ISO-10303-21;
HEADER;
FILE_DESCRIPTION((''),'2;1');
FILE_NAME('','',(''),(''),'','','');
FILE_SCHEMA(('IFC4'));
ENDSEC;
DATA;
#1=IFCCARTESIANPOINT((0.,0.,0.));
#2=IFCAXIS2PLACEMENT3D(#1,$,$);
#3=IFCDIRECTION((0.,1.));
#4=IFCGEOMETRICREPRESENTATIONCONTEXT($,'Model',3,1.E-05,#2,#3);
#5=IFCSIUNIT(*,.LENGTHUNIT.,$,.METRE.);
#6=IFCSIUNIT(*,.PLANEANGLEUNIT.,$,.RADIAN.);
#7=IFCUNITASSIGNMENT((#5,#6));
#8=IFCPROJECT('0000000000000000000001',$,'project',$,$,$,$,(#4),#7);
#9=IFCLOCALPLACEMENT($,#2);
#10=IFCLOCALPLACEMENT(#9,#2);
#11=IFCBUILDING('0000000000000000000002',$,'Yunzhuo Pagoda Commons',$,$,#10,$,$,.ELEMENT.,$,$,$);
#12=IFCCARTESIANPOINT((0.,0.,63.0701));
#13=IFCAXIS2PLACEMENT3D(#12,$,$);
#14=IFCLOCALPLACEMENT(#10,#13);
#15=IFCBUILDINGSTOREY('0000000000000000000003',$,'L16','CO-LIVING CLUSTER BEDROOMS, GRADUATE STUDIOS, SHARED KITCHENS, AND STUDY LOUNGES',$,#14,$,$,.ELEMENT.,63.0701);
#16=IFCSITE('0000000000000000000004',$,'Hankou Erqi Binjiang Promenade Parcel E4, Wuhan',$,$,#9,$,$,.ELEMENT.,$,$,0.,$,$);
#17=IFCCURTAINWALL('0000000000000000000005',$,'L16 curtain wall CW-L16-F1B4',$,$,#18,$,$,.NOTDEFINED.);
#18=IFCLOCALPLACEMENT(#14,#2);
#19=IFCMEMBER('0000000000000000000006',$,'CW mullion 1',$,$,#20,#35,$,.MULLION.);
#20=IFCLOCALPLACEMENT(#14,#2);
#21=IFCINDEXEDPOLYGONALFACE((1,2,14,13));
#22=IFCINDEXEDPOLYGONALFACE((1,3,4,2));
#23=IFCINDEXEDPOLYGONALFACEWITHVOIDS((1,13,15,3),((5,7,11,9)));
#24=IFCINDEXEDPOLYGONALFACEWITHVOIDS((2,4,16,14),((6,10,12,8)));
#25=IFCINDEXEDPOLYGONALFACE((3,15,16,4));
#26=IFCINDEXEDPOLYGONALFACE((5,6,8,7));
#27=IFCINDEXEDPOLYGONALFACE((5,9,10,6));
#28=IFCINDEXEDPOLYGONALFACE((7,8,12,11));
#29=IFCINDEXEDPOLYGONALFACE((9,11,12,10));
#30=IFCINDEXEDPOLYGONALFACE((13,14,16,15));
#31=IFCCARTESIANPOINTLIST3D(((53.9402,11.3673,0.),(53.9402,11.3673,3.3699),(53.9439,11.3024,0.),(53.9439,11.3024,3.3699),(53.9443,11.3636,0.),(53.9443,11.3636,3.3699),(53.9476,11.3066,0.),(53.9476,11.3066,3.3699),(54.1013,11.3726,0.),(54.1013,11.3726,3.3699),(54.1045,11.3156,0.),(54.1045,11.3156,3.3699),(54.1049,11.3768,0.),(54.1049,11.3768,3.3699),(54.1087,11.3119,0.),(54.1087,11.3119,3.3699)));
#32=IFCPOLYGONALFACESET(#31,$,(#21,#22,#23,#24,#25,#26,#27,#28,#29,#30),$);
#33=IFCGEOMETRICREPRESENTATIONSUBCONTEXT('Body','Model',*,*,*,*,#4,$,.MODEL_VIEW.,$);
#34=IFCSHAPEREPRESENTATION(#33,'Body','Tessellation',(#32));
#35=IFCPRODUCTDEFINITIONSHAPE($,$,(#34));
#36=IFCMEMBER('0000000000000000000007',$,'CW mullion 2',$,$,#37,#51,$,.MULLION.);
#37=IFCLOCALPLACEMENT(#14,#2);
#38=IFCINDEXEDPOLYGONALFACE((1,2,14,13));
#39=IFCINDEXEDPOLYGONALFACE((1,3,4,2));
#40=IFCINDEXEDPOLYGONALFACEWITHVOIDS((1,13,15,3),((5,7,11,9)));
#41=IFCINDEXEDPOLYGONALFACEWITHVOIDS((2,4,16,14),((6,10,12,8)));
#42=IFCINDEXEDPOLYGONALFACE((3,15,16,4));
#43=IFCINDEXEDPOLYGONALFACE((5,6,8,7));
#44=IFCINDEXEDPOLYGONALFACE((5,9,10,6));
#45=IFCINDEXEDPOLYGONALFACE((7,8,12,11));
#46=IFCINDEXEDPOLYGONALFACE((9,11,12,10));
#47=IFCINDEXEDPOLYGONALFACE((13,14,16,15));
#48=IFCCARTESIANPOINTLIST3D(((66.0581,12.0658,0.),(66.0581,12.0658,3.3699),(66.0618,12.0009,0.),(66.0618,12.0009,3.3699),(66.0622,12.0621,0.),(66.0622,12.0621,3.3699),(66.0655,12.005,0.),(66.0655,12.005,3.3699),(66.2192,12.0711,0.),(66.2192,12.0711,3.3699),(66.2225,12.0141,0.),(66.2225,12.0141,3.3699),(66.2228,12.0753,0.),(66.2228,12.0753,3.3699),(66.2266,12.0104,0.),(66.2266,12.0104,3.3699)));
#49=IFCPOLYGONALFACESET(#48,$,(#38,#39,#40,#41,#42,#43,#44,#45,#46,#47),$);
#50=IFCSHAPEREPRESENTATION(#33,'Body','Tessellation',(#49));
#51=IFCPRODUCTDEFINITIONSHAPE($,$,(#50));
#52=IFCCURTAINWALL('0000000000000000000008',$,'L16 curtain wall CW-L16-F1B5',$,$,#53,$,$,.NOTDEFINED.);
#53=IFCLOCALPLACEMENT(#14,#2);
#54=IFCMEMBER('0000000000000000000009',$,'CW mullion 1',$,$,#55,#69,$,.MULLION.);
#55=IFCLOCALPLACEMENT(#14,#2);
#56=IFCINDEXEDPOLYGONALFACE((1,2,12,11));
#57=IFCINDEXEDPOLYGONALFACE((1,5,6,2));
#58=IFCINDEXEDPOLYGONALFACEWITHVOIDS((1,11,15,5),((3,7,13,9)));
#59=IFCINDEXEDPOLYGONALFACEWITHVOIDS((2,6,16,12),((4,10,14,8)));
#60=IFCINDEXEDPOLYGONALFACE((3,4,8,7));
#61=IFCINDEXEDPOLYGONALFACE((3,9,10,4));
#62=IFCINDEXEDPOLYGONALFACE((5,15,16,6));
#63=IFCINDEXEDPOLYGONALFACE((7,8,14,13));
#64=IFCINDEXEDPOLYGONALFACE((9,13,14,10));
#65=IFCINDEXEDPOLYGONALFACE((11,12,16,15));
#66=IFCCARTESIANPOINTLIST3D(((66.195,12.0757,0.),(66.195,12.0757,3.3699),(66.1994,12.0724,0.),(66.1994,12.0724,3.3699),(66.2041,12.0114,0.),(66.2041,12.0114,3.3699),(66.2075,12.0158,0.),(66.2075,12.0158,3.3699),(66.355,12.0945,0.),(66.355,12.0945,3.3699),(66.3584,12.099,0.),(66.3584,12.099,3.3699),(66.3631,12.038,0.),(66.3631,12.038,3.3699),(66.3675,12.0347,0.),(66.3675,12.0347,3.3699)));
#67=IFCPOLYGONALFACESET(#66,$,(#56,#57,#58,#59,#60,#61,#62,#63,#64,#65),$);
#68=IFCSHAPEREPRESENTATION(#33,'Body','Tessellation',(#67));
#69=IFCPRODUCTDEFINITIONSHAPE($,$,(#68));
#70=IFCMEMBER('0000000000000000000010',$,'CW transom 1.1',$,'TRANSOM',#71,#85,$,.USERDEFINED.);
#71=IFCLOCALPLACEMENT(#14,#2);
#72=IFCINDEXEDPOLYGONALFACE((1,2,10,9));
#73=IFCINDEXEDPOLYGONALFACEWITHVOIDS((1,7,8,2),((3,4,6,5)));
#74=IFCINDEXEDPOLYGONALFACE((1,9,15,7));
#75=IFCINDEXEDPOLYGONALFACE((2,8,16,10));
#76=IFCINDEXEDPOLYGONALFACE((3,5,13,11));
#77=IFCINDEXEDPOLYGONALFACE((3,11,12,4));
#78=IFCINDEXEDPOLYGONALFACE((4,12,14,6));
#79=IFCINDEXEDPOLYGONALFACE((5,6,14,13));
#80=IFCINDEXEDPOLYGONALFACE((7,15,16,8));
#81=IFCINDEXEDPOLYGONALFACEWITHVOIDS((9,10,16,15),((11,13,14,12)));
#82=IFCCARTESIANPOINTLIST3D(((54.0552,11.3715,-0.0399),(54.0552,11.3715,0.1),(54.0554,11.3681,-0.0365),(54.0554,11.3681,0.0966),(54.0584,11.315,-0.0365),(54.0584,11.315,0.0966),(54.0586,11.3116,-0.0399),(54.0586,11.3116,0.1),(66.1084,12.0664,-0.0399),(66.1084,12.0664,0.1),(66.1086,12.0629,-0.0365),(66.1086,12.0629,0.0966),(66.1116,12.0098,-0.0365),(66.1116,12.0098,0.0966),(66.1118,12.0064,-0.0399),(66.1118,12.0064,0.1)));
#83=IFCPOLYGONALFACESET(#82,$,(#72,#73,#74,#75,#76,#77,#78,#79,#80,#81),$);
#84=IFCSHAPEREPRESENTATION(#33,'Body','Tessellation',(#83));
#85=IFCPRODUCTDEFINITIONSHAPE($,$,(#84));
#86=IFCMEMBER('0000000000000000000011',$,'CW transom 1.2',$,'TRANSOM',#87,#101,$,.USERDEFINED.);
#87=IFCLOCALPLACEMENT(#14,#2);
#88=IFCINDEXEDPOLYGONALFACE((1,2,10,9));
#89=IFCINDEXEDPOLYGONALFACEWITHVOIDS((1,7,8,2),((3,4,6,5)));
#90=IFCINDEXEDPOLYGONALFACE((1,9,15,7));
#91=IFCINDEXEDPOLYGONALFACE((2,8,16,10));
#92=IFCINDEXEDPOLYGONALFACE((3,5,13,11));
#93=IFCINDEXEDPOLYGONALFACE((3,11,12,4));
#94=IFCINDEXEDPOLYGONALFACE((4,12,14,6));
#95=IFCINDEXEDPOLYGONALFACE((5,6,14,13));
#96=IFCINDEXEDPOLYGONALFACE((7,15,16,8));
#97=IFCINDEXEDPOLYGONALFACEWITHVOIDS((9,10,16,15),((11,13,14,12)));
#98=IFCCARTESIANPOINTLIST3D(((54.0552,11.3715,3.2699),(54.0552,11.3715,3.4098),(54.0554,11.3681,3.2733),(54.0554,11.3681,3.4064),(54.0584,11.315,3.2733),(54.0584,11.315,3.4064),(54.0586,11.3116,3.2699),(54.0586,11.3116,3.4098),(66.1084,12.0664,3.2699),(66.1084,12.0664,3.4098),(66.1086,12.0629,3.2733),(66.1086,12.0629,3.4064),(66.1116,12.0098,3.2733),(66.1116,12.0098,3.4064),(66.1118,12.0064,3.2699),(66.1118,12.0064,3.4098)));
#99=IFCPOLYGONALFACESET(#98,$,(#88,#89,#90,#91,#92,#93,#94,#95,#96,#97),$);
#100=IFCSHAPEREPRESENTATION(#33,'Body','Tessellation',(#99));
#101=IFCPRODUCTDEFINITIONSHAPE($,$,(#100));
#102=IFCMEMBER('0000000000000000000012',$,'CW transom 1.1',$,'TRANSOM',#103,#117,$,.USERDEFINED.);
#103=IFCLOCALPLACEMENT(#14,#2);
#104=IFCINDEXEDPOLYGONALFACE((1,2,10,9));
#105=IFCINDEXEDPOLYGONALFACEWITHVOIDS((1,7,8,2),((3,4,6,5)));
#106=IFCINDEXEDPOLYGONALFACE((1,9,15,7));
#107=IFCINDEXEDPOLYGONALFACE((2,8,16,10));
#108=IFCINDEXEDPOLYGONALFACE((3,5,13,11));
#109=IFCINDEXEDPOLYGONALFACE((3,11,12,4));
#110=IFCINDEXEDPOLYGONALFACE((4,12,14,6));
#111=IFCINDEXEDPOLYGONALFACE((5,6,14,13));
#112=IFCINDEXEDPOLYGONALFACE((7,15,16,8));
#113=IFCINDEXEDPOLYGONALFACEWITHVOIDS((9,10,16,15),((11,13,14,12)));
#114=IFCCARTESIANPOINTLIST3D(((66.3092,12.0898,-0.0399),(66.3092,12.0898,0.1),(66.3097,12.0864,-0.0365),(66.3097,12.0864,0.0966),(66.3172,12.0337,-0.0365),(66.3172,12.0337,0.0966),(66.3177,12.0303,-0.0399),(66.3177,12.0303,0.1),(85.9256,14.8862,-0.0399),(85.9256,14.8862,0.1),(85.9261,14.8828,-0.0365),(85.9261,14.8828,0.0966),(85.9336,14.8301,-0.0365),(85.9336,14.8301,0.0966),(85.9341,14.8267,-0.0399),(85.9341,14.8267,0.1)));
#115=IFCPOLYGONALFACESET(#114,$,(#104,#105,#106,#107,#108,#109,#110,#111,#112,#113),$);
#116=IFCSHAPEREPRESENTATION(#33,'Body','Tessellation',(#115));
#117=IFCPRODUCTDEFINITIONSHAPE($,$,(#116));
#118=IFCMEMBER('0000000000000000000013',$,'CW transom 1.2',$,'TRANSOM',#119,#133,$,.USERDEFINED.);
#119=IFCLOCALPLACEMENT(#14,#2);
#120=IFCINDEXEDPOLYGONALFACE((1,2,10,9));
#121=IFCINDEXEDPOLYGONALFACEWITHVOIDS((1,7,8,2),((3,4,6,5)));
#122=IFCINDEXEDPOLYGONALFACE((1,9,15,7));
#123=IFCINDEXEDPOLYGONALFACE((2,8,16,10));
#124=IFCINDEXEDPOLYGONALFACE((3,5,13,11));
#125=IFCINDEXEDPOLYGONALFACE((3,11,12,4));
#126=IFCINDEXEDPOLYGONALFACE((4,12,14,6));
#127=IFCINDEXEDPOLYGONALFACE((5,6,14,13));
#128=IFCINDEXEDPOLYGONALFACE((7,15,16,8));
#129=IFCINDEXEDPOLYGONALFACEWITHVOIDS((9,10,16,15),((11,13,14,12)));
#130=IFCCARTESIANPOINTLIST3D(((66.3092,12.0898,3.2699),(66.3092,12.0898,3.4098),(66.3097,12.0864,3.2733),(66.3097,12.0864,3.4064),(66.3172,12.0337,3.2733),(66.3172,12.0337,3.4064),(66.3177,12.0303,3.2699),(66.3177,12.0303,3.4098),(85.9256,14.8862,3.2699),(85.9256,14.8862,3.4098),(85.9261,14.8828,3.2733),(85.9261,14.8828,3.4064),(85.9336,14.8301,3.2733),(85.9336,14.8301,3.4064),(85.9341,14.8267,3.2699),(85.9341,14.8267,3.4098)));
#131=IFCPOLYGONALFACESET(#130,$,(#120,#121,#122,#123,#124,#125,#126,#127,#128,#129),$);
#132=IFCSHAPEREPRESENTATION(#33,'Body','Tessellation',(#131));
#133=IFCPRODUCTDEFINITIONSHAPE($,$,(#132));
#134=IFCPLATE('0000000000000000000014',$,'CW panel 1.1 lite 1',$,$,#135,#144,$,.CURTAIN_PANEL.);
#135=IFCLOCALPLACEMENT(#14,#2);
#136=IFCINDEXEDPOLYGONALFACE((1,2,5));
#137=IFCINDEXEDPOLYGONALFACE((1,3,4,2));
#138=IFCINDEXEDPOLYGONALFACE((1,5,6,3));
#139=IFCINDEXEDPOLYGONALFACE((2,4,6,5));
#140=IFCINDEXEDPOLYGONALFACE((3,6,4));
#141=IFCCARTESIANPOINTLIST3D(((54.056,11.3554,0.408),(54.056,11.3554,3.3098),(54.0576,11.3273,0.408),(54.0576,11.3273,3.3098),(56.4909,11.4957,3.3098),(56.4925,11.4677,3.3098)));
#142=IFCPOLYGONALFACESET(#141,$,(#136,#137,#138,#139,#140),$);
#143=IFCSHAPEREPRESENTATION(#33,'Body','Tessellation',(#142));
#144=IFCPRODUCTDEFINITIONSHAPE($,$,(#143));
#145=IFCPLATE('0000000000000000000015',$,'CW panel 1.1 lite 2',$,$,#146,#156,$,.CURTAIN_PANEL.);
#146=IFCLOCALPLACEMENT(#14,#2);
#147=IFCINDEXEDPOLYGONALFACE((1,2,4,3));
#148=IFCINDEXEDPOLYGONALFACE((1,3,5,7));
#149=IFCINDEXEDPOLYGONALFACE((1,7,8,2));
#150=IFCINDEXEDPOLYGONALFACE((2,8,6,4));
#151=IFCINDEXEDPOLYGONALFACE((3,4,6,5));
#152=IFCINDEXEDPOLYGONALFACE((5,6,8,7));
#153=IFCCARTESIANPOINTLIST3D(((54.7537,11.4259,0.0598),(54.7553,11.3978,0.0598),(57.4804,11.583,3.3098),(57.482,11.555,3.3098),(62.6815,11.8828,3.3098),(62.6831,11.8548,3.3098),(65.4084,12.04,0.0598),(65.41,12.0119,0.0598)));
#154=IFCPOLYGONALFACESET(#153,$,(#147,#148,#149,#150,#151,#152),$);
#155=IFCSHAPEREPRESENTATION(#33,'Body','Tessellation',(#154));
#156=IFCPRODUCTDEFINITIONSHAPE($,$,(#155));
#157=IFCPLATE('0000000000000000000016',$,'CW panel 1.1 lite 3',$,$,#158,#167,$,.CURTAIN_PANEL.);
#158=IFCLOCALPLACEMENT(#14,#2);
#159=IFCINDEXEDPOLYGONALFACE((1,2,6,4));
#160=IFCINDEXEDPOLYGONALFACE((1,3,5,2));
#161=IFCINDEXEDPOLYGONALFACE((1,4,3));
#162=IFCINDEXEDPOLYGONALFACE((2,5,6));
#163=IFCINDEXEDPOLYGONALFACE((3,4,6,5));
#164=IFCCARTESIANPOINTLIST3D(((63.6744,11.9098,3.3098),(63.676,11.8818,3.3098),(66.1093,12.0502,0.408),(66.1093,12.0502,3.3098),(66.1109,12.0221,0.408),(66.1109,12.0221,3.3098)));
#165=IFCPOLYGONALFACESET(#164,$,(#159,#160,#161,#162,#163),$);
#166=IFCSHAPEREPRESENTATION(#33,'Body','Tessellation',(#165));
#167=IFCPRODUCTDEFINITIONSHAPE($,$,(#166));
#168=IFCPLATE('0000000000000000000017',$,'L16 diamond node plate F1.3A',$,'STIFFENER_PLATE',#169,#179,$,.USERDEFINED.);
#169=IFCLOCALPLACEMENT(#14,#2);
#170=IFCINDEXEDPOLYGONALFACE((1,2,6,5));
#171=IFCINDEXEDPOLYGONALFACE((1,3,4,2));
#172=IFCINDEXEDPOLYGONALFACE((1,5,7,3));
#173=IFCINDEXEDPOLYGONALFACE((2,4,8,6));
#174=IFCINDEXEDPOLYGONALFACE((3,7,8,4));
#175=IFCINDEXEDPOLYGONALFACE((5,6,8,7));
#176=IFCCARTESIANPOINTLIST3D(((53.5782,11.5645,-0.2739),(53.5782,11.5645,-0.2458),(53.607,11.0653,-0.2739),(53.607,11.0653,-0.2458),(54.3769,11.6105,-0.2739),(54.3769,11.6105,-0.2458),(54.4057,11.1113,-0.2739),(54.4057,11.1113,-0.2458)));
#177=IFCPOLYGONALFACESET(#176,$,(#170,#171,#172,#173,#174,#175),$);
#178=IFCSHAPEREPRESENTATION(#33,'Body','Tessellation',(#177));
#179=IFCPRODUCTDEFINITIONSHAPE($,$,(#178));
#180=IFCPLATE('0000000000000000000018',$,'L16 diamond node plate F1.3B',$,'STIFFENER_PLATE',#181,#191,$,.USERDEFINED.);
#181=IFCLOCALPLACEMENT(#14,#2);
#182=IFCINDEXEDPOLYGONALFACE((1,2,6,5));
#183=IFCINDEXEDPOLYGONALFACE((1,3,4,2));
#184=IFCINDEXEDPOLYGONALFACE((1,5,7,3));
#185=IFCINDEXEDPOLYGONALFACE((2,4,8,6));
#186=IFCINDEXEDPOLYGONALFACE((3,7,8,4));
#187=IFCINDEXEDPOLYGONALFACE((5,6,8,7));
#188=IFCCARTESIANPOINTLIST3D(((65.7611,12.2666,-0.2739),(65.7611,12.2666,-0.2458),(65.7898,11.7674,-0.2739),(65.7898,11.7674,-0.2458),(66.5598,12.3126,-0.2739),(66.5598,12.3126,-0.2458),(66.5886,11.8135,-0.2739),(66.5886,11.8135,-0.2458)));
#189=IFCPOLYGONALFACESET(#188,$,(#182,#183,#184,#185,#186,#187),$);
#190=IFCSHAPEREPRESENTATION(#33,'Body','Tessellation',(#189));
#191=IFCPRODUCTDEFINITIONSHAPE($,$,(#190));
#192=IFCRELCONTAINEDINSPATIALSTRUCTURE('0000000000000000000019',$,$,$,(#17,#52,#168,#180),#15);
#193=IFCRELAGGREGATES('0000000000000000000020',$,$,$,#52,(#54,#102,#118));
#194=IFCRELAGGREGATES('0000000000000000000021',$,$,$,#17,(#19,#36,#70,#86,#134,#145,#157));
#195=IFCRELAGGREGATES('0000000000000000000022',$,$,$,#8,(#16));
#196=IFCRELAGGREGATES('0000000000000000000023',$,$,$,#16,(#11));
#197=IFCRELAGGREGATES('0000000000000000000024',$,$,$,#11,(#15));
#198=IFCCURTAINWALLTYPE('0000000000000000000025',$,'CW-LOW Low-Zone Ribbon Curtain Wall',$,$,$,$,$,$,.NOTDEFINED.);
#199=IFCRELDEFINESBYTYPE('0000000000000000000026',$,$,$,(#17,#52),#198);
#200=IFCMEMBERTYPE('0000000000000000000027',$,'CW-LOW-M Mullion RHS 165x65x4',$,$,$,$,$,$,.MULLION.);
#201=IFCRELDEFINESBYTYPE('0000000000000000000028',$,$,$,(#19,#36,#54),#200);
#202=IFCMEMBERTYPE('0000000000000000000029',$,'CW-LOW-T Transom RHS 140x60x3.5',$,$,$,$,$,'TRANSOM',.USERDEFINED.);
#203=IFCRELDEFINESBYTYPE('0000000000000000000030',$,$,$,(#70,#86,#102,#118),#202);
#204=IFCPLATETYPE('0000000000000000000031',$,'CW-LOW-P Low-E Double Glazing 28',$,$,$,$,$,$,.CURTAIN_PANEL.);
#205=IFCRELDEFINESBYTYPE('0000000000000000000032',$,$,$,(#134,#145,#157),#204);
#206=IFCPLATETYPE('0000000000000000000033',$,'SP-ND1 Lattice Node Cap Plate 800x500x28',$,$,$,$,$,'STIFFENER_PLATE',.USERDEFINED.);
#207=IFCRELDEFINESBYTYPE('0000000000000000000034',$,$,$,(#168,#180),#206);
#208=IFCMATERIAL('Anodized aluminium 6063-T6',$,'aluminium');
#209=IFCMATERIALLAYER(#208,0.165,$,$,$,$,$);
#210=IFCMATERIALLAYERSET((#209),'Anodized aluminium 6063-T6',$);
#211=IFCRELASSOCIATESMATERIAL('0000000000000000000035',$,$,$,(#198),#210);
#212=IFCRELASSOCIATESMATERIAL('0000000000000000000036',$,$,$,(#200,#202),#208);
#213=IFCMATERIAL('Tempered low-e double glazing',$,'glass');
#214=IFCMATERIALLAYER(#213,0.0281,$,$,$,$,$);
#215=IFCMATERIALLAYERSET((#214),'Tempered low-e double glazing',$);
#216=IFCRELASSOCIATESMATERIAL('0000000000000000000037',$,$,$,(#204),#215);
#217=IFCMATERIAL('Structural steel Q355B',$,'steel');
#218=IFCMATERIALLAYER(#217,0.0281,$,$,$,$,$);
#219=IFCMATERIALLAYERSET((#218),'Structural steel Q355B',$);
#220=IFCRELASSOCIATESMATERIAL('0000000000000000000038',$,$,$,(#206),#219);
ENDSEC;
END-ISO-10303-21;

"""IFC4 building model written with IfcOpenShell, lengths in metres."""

from ifc_helpers import new_model, si_unit, direction, frame, origin, origin_2d, place, context, subcontext, project, spatial, polyline, rectangle, hollow_rectangle, outline, extrude, source, transform, mapped, material, layer, layer_set, material_profile, profile_set, type_object, element, aggregate, save


model = new_model("IFC4")

# Units and contexts
model_context = context("Model", 3, precision=1e-05, world=origin(), true_north=direction((0.0, 1.0)))
body_context = subcontext(model_context, "Body", "Model", "MODEL_VIEW")
ifc_project = project(units=[si_unit("LENGTHUNIT", "METRE"), si_unit("PLANEANGLEUNIT", "RADIAN")], contexts=[model_context])

# Site, building, storey
site_placement = place(None, origin())
site = spatial("IfcSite", under=ifc_project, at=site_placement, Name="Hankou Erqi Binjiang Promenade Parcel E4, Wuhan", CompositionType="ELEMENT", RefElevation=0.0)
building_placement = place(site_placement, origin())
building = spatial("IfcBuilding", under=site, at=building_placement, Name="Yunzhuo Pagoda Commons", CompositionType="ELEMENT")
storey_placement = place(building_placement, frame((0.0, 0.0, 63.0701)))
storey = spatial("IfcBuildingStorey", under=building, at=storey_placement, Name="L16", Description="CO-LIVING CLUSTER BEDROOMS, GRADUATE STUDIOS, SHARED KITCHENS, AND STUDY LOUNGES", CompositionType="ELEMENT", Elevation=63.0701)

# Shared definitions
ifc_material_1 = material(Name="Structural steel Q355B", Category="steel")

# Curtain wall, members
ifc_material_2 = material(Name="Anodized aluminium 6063-T6", Category="aluminium")
ifc_layer_1 = layer(ifc_material_2, 0.165)
ifc_layer_set_1 = layer_set([ifc_layer_1], Name="Anodized aluminium 6063-T6")
curtain_wall_type = type_object("IfcCurtainWallType", Name="CW-LOW Low-Zone Ribbon Curtain Wall", PredefinedType="NOTDEFINED", material=ifc_layer_set_1)
curtain_wall_1_placement = place(storey_placement, origin())
curtain_wall_1 = element("IfcCurtainWall", 1, at=curtain_wall_1_placement, inside=storey, type_object=curtain_wall_type, Name="L16 curtain wall CW-L16-F1B4", PredefinedType="NOTDEFINED")
ifc_material_profile_1 = material_profile(ifc_material_2, hollow_rectangle(XDim=0.0649, YDim=0.165, WallThickness=0.0039, at=origin_2d()), Name="Anodized aluminium 6063-T6")
ifc_profile_set_1 = profile_set([ifc_material_profile_1], Name="Anodized aluminium 6063-T6")
member_type_1 = type_object("IfcMemberType", Name="CW-LOW-M Mullion RHS 165x65x4", PredefinedType="MULLION", material=ifc_profile_set_1)
shared_shape_1 = source(origin(), body_context, "Body", "SweptSolid", [
    extrude(hollow_rectangle(XDim=0.0649, YDim=0.165, WallThickness=0.0039, at=origin_2d()), origin(), (0.0, 0.0, 1.0), 3.3699),
])
member_1_placement = place(storey_placement, frame((54.0244, 11.3396, 0.0), z_axis=(0.0, 0.0, 1.0), x_axis=(-0.057542, 0.998343, 0.0)))
member_1 = element("IfcMember", 2, at=member_1_placement, type_object=member_type_1, Name="CW mullion 1", PredefinedType="MULLION", context=body_context, shape_type="MappedRepresentation", body=[
    mapped(shared_shape_1, transform((0.0, 0.0, 0.0), scale=1.0)),
])
member_2_placement = place(storey_placement, frame((66.1423, 12.0381, 0.0), z_axis=(0.0, 0.0, 1.0), x_axis=(-0.057542, 0.998343, 0.0)))
member_2 = element("IfcMember", 3, at=member_2_placement, type_object=member_type_1, Name="CW mullion 2", PredefinedType="MULLION", context=body_context, shape_type="MappedRepresentation", body=[
    mapped(shared_shape_1, transform((0.0, 0.0, 0.0), scale=1.0)),
])

# Curtain wall, member
curtain_wall_2_placement = place(storey_placement, origin())
curtain_wall_2 = element("IfcCurtainWall", 4, at=curtain_wall_2_placement, inside=storey, type_object=curtain_wall_type, Name="L16 curtain wall CW-L16-F1B5", PredefinedType="NOTDEFINED")
member_3_placement = place(storey_placement, frame((66.2812, 12.0552, 0.0), z_axis=(0.0, 0.0, 1.0), x_axis=(-0.14114, 0.98999, 0.0)))
member_3 = element("IfcMember", 5, at=member_3_placement, type_object=member_type_1, Name="CW mullion 1", PredefinedType="MULLION", context=body_context, shape_type="MappedRepresentation", body=[
    mapped(shared_shape_1, transform((0.0, 0.0, 0.0), scale=1.0)),
])

# Members
ifc_material_profile_2 = material_profile(ifc_material_2, hollow_rectangle(XDim=0.0601, YDim=0.1399, WallThickness=0.0034, at=origin_2d()), Name="Anodized aluminium 6063-T6")
ifc_profile_set_2 = profile_set([ifc_material_profile_2], Name="Anodized aluminium 6063-T6")
member_type_2 = type_object("IfcMemberType", Name="CW-LOW-T Transom RHS 140x60x3.5", ElementType="TRANSOM", PredefinedType="USERDEFINED", material=ifc_profile_set_2)
shared_shape_2 = source(origin(), body_context, "Body", "SweptSolid", [
    extrude(hollow_rectangle(XDim=0.0601, YDim=0.1399, WallThickness=0.0034, at=origin_2d()), origin(), (0.0, 0.0, 1.0), 12.0732),
])
member_4_placement = place(storey_placement, frame((54.0569, 11.3416, 0.03), z_axis=(0.998343, 0.057551, 0.0), x_axis=(-0.057551, 0.998343, 0.0)))
member_4 = element("IfcMember", 6, at=member_4_placement, type_object=member_type_2, Name="CW transom 1.1", ObjectType="TRANSOM", PredefinedType="USERDEFINED", context=body_context, shape_type="MappedRepresentation", body=[
    mapped(shared_shape_2, transform((0.0, 0.0, 0.0), scale=1.0)),
])
member_5_placement = place(storey_placement, frame((54.0569, 11.3416, 3.3398), z_axis=(0.998343, 0.057551, 0.0), x_axis=(-0.057551, 0.998343, 0.0)))
member_5 = element("IfcMember", 7, at=member_5_placement, type_object=member_type_2, Name="CW transom 1.2", ObjectType="TRANSOM", PredefinedType="USERDEFINED", context=body_context, shape_type="MappedRepresentation", body=[
    mapped(shared_shape_2, transform((0.0, 0.0, 0.0), scale=1.0)),
])
shared_shape_3 = source(origin(), body_context, "Body", "SweptSolid", [
    extrude(hollow_rectangle(XDim=0.0601, YDim=0.1399, WallThickness=0.0034, at=origin_2d()), origin(), (0.0, 0.0, 1.0), 19.8147),
])
member_6_placement = place(storey_placement, frame((66.3135, 12.0601, 0.03), z_axis=(0.989992, 0.141126, 0.0), x_axis=(-0.141126, 0.989992, 0.0)))
member_6 = element("IfcMember", 8, at=member_6_placement, type_object=member_type_2, Name="CW transom 1.1", ObjectType="TRANSOM", PredefinedType="USERDEFINED", context=body_context, shape_type="MappedRepresentation", body=[
    mapped(shared_shape_3, transform((0.0, 0.0, 0.0), scale=1.0)),
])
member_7_placement = place(storey_placement, frame((66.3135, 12.0601, 3.3398), z_axis=(0.989992, 0.141126, 0.0), x_axis=(-0.141126, 0.989992, 0.0)))
member_7 = element("IfcMember", 9, at=member_7_placement, type_object=member_type_2, Name="CW transom 1.2", ObjectType="TRANSOM", PredefinedType="USERDEFINED", context=body_context, shape_type="MappedRepresentation", body=[
    mapped(shared_shape_3, transform((0.0, 0.0, 0.0), scale=1.0)),
])
aggregate(curtain_wall_2, [member_3, member_6, member_7])

# Plates
ifc_material_3 = material(Name="Tempered low-e double glazing", Category="glass")
ifc_layer_2 = layer(ifc_material_3, 0.0281)
ifc_layer_set_2 = layer_set([ifc_layer_2], Name="Tempered low-e double glazing")
plate_type_1 = type_object("IfcPlateType", Name="CW-LOW-P Low-E Double Glazing 28", PredefinedType="CURTAIN_PANEL", material=ifc_layer_set_2)
plate_1_placement = place(storey_placement, frame((55.2734, 11.4255, 1.8589), z_axis=(0.057542, -0.998343, 0.0), x_axis=(0.998343, 0.057542, 0.0)))
plate_1 = element("IfcPlate", 10, at=plate_1_placement, type_object=plate_type_1, Name="CW panel 1.1 lite 1", PredefinedType="CURTAIN_PANEL", context=body_context, shape_type="SweptSolid", body=[
    extrude(outline(polyline([(-1.2195, -1.4509), (1.2195, 1.4509), (-1.2195, 1.4509), (-1.2195, -1.4509)])), origin(), (0.0, 0.0, 1.0), 0.0281),
])
plate_2_placement = place(storey_placement, frame((60.0811, 11.7329, 1.6848), z_axis=(0.057542, -0.998343, 0.0), x_axis=(0.998343, 0.057542, 0.0)))
plate_2 = element("IfcPlate", 11, at=plate_2_placement, type_object=plate_type_1, Name="CW panel 1.1 lite 2", PredefinedType="CURTAIN_PANEL", context=body_context, shape_type="SweptSolid", body=[
    extrude(outline(polyline([(-5.3362, -1.625), (5.3362, -1.625), (2.6047, 1.625), (-2.605, 1.625), (-5.3362, -1.625)])), origin(), (0.0, 0.0, 1.0), 0.0281),
])
plate_3_placement = place(storey_placement, frame((64.8918, 11.98, 1.8589), z_axis=(0.057542, -0.998343, 0.0), x_axis=(0.998343, 0.057542, 0.0)))
plate_3 = element("IfcPlate", 12, at=plate_3_placement, type_object=plate_type_1, Name="CW panel 1.1 lite 3", PredefinedType="CURTAIN_PANEL", context=body_context, shape_type="SweptSolid", body=[
    extrude(outline(polyline([(-1.2195, 1.4509), (1.2195, -1.4509), (1.2195, 1.4509), (-1.2195, 1.4509)])), origin(), (0.0, 0.0, 1.0), 0.0281),
])
aggregate(curtain_wall_1, [member_1, member_2, member_4, member_5, plate_1, plate_2, plate_3])

# Plates
ifc_layer_3 = layer(ifc_material_1, 0.0281)
ifc_layer_set_3 = layer_set([ifc_layer_3], Name="Structural steel Q355B")
plate_type_2 = type_object("IfcPlateType", Name="SP-ND1 Lattice Node Cap Plate 800x500x28", ElementType="STIFFENER_PLATE", PredefinedType="USERDEFINED", material=ifc_layer_set_3)
shared_shape_4 = source(origin(), body_context, "Body", "SweptSolid", [
    extrude(rectangle(XDim=0.8, YDim=0.5, at=origin_2d()), origin(), (0.0, 0.0, 1.0), 0.0281),
])
for number, where, z_axis, x_axis, name in (
    (13, (53.9919, 11.3379, -0.2739), (0.0, 0.0, 1.0), (0.998343, 0.057547, 0.0), "L16 diamond node plate F1.3A"),
    (14, (66.1748, 12.04, -0.2739), (0.0, 0.0, 1.0), (0.998343, 0.057547, 0.0), "L16 diamond node plate F1.3B"),
):
    element("IfcPlate", number, at=place(storey_placement, frame(where, z_axis=z_axis, x_axis=x_axis)), inside=storey, type_object=plate_type_2, Name=name, ObjectType="STIFFENER_PLATE", PredefinedType="USERDEFINED", context=body_context, shape_type="MappedRepresentation", body=[
        mapped(shared_shape_4, transform((0.0, 0.0, 0.0), scale=1.0)),
    ])

save(model, "model.ifc")
